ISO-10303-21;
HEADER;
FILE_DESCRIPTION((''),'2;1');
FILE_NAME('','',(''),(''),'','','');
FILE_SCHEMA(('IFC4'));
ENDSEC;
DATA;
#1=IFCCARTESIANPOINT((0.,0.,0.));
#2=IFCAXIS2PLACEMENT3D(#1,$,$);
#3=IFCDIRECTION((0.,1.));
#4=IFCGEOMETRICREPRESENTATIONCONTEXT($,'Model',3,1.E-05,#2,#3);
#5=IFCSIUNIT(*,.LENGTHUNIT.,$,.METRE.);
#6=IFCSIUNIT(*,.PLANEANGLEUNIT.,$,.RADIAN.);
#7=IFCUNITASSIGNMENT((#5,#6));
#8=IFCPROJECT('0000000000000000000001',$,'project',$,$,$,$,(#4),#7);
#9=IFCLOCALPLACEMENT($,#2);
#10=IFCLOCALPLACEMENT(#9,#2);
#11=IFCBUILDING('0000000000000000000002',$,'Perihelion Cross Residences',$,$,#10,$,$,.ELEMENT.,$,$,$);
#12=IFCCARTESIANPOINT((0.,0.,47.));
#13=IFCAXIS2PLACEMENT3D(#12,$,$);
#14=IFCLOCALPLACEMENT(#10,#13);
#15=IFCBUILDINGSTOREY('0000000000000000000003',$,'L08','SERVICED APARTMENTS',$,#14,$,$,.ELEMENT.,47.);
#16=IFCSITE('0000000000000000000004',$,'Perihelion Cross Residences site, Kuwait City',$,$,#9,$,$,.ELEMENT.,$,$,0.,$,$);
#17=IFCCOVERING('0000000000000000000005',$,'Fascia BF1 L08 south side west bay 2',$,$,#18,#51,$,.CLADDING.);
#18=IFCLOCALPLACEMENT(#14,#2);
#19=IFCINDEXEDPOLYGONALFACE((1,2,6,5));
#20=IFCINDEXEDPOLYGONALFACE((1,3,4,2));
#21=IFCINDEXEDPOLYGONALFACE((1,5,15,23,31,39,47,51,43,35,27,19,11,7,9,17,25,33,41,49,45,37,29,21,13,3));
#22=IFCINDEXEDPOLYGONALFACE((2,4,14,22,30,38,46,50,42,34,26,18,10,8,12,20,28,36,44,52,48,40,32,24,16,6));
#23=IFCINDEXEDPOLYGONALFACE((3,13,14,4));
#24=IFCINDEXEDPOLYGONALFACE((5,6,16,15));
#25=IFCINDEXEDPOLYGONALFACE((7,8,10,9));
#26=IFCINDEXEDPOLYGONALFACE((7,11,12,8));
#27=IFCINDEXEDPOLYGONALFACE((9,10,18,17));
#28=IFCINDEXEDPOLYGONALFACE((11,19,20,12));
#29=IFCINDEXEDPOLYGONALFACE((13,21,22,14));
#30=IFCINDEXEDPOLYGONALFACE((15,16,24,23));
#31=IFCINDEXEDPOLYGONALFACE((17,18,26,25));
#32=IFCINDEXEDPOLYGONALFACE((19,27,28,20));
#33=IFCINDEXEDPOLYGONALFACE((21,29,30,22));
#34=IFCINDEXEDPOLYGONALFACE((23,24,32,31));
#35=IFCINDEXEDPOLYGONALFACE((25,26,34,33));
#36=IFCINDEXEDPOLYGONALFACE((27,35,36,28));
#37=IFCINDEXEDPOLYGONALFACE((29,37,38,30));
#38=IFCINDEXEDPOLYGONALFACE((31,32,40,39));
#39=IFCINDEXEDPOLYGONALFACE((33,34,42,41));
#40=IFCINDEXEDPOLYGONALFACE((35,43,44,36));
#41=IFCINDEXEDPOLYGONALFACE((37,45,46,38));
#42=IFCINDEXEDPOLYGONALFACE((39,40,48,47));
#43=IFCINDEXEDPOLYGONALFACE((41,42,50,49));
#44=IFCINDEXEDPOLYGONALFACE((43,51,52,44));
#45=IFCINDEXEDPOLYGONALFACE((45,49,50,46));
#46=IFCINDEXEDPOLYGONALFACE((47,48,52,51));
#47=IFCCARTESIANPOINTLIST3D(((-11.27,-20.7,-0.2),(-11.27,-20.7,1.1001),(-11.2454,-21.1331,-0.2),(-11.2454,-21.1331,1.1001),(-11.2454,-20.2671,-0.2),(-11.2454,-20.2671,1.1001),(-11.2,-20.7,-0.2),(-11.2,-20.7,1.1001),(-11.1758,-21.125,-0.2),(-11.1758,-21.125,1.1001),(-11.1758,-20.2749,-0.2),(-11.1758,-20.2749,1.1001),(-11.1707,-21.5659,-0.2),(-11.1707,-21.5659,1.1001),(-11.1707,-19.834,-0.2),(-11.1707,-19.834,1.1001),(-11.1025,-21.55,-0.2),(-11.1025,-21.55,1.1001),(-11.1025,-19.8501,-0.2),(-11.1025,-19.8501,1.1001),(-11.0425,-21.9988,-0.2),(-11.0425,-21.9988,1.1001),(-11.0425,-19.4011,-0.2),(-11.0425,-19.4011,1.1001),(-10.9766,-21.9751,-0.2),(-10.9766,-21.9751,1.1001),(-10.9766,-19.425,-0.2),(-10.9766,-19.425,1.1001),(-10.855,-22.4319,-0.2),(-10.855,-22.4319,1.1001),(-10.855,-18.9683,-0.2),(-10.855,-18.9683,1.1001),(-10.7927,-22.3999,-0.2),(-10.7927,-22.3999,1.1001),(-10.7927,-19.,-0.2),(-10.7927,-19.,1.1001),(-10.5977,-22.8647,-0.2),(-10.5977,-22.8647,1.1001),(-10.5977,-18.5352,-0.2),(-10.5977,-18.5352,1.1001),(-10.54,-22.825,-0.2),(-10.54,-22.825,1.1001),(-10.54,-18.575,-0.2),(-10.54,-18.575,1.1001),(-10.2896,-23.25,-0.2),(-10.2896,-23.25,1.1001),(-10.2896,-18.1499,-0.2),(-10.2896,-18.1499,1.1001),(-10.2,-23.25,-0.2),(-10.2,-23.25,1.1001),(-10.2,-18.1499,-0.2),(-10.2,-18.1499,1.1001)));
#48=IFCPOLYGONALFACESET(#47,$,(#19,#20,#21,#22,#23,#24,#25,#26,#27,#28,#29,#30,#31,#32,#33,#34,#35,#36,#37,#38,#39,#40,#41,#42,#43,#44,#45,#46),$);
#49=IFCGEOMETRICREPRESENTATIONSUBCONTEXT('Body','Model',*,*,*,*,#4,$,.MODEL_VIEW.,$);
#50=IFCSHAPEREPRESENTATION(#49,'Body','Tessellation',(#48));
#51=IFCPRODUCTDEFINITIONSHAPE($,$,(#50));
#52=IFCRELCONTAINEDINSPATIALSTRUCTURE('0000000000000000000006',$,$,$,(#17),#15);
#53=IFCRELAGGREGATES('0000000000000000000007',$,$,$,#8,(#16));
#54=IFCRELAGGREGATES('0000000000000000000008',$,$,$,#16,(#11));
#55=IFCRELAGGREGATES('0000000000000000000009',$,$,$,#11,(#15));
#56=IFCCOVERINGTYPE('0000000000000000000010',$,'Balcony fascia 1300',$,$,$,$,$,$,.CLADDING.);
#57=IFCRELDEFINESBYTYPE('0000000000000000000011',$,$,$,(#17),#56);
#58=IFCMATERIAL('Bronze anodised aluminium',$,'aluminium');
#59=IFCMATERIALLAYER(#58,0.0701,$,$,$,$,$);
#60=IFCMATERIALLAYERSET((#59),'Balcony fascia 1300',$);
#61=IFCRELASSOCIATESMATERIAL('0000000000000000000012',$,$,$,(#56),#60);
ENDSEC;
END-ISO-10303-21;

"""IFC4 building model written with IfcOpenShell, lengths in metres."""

from ifc_helpers import new_model, si_unit, direction, frame, origin, place, context, subcontext, project, spatial, polyline, outline, extrude, material, layer, layer_set, type_object, element, save


model = new_model("IFC4")

# Units and contexts
model_context = context("Model", 3, precision=1e-05, world=origin(), true_north=direction((0.0, 1.0)))
body_context = subcontext(model_context, "Body", "Model", "MODEL_VIEW")
ifc_project = project(units=[si_unit("LENGTHUNIT", "METRE"), si_unit("PLANEANGLEUNIT", "RADIAN")], contexts=[model_context])

# Site, building, storey
site_placement = place(None, origin())
site = spatial("IfcSite", under=ifc_project, at=site_placement, Name="Perihelion Cross Residences site, Kuwait City", CompositionType="ELEMENT", RefElevation=0.0)
building_placement = place(site_placement, origin())
building = spatial("IfcBuilding", under=site, at=building_placement, Name="Perihelion Cross Residences", CompositionType="ELEMENT")
storey_placement = place(building_placement, frame((0.0, 0.0, 47.0)))
storey = spatial("IfcBuildingStorey", under=building, at=storey_placement, Name="L08", Description="SERVICED APARTMENTS", CompositionType="ELEMENT", Elevation=47.0)

# Covering
ifc_material_1 = material(Name="Bronze anodised aluminium", Category="aluminium")
ifc_layer_1 = layer(ifc_material_1, 0.0701)
ifc_layer_set_1 = layer_set([ifc_layer_1], Name="Balcony fascia 1300")
covering_type = type_object("IfcCoveringType", Name="Balcony fascia 1300", PredefinedType="CLADDING", material=ifc_layer_set_1)
covering_1_placement = place(storey_placement, frame((0.0, 0.0, -0.2)))
element("IfcCovering", 1, at=covering_1_placement, inside=storey, type_object=covering_type, Name="Fascia BF1 L08 south side west bay 2", PredefinedType="CLADDING", context=body_context, shape_type="SweptSolid", body=[
    extrude(outline(polyline([(-10.5977, -18.5352), (-10.855, -18.9683), (-11.0425, -19.4011), (-11.1707, -19.834), (-11.2454, -20.2671), (-11.27, -20.7), (-11.2454, -21.1331), (-11.1707, -21.5659), (-11.0425, -21.9988), (-10.855, -22.4319), (-10.5977, -22.8647), (-10.2896, -23.25), (-10.2, -23.25), (-10.54, -22.825), (-10.7927, -22.3999), (-10.9766, -21.9751), (-11.1025, -21.55), (-11.1758, -21.125), (-11.2, -20.7), (-11.1758, -20.2749), (-11.1025, -19.8501), (-10.9766, -19.425), (-10.7927, -19.0), (-10.54, -18.575), (-10.2, -18.1499), (-10.2896, -18.1499), (-10.5977, -18.5352)])), origin(), (0.0, 0.0, 1.0), 1.3),
])

save(model, "model.ifc")
